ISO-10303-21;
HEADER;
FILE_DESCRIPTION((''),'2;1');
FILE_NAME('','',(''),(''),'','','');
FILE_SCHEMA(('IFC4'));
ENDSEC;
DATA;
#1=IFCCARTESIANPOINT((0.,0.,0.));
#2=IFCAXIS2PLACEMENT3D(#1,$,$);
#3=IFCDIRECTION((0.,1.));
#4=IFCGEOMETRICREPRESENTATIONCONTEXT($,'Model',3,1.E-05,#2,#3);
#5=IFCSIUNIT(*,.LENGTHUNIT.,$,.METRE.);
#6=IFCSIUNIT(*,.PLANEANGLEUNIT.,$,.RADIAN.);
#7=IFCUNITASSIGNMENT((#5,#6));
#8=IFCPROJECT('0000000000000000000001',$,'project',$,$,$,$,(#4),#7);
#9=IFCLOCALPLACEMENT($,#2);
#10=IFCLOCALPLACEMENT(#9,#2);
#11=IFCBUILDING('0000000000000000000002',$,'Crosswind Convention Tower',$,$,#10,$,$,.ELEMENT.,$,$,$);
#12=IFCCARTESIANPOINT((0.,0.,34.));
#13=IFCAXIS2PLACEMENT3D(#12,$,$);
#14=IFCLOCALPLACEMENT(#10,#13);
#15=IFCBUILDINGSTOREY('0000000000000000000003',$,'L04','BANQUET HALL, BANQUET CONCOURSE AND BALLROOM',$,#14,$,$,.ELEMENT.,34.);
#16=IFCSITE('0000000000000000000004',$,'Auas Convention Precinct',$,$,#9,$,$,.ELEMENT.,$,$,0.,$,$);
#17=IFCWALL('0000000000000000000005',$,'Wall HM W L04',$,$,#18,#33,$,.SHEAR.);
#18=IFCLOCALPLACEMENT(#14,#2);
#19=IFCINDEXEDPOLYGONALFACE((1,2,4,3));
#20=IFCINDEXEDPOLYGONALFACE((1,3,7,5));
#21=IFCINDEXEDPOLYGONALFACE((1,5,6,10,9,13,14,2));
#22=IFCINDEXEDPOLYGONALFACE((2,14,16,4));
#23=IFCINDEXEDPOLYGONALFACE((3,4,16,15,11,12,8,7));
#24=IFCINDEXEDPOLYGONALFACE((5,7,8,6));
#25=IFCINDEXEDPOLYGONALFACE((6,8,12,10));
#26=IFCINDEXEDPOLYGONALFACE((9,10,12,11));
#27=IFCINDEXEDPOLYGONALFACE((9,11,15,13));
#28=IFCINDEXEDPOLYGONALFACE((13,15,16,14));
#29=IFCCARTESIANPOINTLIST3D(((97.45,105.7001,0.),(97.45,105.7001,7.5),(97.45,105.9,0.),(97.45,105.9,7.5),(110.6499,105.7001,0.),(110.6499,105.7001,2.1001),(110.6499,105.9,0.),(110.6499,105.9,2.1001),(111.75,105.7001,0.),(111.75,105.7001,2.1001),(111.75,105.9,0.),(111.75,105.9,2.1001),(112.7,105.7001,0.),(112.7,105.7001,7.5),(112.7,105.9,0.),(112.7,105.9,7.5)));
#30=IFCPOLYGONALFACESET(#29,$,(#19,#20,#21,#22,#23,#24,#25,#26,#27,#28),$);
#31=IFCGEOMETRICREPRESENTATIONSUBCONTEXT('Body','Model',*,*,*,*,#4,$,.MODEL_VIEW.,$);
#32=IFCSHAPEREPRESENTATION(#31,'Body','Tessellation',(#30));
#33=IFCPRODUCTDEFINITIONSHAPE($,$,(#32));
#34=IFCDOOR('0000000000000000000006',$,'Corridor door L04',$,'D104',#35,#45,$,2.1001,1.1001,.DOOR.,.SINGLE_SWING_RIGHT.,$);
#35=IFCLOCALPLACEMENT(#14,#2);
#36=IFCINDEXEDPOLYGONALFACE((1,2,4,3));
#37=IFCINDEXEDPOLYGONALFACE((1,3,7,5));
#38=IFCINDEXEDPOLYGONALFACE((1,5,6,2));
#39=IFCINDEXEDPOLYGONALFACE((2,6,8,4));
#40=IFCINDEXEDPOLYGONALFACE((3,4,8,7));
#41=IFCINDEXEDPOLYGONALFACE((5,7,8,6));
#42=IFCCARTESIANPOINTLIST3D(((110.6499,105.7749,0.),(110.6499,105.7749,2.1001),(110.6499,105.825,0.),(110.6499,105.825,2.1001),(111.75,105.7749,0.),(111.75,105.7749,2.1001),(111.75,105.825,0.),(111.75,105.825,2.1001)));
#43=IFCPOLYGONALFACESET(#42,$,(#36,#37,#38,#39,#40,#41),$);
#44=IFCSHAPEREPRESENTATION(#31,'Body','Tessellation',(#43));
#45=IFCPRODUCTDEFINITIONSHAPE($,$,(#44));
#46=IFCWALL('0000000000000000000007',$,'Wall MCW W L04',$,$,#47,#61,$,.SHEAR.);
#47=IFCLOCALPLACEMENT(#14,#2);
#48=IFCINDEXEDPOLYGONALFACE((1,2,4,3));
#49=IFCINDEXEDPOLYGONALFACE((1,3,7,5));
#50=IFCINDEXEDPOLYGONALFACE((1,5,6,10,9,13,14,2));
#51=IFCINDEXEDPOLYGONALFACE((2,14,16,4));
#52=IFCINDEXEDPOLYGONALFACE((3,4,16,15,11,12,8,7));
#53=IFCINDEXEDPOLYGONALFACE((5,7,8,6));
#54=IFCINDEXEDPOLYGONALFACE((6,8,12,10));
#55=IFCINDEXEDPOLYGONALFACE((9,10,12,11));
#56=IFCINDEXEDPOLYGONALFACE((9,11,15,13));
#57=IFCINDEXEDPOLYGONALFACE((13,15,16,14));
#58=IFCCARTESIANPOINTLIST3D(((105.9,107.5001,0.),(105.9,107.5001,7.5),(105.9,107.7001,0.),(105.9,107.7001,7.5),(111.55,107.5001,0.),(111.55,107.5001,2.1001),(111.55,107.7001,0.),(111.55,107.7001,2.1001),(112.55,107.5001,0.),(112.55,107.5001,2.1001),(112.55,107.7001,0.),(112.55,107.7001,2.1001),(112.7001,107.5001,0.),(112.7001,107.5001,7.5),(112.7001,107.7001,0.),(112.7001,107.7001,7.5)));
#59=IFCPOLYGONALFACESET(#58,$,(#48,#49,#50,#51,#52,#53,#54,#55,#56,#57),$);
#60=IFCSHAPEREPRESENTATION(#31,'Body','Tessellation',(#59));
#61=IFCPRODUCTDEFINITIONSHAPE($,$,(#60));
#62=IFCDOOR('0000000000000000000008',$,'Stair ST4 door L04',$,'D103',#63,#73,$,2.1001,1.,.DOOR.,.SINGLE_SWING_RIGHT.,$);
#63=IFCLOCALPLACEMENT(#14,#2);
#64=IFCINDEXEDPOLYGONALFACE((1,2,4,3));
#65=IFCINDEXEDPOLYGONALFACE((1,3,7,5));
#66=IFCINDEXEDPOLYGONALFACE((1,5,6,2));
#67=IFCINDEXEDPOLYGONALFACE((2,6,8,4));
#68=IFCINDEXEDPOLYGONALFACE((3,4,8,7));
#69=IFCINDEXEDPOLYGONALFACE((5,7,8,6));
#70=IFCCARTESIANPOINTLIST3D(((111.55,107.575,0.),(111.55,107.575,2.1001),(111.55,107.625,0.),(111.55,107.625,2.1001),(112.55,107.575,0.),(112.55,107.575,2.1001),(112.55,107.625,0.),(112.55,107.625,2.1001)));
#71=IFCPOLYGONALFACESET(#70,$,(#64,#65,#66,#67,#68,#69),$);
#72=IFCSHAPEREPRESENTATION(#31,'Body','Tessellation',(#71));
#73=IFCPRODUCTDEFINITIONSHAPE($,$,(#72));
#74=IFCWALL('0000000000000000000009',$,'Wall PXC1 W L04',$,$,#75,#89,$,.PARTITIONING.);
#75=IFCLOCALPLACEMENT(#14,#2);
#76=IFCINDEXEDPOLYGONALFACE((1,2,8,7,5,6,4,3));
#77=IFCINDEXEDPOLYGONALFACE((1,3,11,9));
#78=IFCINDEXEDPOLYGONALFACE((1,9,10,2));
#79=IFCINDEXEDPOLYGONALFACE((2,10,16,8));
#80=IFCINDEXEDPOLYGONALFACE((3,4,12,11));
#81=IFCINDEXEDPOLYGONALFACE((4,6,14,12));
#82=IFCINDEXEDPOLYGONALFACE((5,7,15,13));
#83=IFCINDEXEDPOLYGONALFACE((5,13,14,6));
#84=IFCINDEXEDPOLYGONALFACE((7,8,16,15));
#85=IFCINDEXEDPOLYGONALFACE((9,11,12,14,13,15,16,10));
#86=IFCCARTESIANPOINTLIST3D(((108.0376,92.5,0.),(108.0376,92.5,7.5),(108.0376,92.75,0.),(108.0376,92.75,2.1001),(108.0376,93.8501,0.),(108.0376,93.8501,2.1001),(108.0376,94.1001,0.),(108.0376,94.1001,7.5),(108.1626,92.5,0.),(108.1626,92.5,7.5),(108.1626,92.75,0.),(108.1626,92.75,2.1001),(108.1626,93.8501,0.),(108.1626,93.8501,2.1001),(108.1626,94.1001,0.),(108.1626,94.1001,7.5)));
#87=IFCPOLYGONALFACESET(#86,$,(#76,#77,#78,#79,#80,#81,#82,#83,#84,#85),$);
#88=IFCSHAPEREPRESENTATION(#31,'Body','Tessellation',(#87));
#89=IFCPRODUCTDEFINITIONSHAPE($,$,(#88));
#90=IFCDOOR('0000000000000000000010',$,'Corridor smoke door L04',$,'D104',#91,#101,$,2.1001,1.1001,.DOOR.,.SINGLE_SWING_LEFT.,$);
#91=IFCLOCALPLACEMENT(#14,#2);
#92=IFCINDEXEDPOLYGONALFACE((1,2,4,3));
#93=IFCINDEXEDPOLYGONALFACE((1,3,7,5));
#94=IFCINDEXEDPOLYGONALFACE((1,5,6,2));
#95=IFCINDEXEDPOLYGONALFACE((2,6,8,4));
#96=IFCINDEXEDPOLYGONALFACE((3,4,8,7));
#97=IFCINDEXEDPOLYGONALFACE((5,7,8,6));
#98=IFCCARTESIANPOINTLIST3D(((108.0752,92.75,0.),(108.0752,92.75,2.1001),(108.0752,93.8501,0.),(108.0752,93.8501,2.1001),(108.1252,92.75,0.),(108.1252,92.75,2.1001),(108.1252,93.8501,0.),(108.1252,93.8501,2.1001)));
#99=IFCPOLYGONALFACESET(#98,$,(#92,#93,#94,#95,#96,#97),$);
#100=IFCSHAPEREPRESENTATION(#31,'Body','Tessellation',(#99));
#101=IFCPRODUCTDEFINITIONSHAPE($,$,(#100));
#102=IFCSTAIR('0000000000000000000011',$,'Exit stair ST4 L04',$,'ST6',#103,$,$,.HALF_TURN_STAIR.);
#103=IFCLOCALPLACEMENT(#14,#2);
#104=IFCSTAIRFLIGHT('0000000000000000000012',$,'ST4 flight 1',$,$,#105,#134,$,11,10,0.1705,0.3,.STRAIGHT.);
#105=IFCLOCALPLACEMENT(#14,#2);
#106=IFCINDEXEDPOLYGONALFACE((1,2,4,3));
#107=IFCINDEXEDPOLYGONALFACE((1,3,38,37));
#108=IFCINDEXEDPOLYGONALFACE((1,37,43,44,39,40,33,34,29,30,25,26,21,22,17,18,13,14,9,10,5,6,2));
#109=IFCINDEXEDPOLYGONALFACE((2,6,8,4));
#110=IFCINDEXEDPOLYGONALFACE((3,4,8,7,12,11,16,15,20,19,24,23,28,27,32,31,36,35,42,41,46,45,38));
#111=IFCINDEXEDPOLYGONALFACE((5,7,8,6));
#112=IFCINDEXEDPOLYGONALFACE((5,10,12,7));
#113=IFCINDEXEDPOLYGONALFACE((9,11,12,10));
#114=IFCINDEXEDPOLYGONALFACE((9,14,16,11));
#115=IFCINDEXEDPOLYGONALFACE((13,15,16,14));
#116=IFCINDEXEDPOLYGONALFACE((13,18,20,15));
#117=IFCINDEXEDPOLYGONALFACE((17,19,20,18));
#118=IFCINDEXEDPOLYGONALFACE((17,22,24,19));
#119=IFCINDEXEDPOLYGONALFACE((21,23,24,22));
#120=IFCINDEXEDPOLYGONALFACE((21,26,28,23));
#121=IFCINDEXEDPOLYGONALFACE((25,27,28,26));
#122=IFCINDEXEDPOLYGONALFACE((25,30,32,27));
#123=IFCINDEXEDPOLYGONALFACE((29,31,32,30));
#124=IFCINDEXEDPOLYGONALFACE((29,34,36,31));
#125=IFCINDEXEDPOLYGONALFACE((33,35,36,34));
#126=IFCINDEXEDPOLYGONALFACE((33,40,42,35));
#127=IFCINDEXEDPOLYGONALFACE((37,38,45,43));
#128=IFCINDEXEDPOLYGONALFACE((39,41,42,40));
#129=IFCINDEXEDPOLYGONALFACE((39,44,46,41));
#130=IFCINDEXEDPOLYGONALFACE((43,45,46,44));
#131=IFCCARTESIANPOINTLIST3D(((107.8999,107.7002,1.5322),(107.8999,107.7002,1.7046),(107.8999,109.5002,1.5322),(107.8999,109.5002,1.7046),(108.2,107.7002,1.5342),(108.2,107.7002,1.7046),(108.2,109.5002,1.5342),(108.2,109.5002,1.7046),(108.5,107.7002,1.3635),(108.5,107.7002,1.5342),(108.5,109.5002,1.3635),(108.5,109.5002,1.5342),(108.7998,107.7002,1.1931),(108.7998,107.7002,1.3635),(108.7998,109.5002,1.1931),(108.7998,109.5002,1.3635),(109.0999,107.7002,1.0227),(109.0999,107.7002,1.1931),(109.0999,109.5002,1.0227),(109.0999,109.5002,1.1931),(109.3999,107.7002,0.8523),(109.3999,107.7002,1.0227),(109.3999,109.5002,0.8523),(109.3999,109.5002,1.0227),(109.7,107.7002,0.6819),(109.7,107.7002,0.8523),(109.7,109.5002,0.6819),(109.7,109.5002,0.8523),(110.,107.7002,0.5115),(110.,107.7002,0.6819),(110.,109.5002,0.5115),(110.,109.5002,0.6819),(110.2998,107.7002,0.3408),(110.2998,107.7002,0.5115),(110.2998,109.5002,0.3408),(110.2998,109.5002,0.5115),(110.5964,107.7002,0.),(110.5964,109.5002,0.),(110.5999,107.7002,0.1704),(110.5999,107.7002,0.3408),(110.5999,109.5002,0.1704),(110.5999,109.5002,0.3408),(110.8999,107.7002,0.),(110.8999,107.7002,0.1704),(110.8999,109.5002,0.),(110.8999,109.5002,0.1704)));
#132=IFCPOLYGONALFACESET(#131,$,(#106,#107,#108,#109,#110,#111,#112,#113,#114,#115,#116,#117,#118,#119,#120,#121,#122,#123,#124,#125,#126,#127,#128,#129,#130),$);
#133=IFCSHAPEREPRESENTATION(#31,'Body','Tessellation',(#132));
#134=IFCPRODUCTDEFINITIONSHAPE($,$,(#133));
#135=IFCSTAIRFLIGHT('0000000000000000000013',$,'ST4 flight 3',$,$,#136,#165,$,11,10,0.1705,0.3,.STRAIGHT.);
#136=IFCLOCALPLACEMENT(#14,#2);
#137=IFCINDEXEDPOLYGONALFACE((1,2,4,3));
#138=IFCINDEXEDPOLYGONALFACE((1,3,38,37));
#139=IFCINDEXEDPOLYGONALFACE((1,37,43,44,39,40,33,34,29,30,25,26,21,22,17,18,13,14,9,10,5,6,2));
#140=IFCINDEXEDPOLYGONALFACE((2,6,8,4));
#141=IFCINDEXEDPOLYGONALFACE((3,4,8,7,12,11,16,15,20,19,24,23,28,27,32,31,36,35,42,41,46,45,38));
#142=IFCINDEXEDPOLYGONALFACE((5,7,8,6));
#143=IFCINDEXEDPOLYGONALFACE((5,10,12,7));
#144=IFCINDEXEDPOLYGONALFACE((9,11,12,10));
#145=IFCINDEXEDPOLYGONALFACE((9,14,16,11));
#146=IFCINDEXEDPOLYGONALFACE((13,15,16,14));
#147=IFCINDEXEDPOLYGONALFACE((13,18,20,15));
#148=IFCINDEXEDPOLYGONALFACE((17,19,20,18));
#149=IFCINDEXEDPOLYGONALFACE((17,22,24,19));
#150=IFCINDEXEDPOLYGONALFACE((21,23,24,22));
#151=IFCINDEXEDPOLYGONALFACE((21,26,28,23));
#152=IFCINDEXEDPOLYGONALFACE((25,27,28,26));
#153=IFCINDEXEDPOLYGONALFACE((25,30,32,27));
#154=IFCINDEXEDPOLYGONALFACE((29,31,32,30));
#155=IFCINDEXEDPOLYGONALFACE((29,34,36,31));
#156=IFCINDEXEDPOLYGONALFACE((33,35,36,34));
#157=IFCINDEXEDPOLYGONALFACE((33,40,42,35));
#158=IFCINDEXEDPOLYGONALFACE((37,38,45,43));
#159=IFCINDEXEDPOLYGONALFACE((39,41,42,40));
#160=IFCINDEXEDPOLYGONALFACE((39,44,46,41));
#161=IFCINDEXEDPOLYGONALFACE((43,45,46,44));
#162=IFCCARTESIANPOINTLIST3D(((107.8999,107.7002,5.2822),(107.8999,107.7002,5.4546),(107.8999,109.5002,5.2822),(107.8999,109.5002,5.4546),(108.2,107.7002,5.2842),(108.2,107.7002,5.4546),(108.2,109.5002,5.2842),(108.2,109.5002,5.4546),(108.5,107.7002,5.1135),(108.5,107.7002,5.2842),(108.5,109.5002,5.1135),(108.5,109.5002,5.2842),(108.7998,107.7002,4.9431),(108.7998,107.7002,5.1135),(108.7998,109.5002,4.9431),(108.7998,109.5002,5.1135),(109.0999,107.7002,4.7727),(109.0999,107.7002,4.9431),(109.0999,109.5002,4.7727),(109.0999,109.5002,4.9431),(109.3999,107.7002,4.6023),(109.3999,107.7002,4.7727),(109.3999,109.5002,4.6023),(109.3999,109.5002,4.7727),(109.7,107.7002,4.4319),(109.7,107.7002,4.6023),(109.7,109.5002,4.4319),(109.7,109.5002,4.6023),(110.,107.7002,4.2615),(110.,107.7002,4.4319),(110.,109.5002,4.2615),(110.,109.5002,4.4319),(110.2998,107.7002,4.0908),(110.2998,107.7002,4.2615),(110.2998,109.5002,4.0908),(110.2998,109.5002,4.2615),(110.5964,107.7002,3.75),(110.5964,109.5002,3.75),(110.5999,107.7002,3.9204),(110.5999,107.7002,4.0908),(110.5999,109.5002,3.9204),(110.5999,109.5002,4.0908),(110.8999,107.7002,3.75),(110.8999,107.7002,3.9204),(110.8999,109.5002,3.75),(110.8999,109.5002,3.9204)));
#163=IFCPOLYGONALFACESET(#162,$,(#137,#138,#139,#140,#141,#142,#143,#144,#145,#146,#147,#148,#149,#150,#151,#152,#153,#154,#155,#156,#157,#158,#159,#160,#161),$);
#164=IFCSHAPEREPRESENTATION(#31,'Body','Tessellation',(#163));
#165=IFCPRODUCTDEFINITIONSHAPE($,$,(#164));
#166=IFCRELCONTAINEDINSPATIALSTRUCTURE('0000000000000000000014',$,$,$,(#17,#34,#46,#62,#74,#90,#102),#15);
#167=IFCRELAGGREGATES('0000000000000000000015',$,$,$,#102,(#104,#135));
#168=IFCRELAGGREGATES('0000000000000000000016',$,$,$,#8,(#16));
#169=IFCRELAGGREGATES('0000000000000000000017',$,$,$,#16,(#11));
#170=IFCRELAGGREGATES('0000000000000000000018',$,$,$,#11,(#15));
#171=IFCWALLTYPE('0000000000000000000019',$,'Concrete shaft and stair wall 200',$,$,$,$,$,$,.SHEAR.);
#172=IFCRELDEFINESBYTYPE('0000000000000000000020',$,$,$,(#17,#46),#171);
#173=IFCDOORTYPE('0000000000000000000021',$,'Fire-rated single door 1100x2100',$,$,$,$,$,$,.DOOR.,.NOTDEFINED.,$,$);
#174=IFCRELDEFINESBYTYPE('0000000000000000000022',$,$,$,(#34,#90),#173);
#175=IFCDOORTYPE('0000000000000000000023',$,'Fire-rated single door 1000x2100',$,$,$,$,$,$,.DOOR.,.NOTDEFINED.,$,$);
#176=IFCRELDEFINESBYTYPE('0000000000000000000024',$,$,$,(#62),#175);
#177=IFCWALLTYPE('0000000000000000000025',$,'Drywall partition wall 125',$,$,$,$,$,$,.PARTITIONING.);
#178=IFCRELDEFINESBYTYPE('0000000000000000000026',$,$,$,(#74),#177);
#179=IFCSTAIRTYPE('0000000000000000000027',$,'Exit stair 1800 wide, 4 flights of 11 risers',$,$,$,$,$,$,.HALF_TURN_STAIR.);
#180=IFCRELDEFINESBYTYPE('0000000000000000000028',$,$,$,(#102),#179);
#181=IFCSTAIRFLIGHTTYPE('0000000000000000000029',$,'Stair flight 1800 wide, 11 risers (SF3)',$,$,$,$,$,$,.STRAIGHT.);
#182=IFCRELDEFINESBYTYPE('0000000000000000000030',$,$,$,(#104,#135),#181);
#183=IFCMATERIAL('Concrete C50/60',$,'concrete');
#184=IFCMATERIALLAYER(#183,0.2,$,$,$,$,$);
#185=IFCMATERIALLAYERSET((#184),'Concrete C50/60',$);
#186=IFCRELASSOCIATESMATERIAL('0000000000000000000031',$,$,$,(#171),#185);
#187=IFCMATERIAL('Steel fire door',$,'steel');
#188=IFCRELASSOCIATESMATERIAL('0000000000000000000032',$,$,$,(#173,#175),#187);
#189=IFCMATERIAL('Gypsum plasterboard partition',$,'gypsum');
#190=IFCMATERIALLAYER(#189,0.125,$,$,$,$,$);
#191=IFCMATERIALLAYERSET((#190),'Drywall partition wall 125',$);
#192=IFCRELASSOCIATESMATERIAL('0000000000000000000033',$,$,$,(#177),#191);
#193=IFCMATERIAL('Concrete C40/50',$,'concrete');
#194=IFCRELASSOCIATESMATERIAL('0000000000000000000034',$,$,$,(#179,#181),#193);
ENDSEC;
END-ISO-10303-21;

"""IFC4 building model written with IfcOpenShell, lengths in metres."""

from ifc_helpers import new_model, si_unit, direction, frame, frame_2d, origin, place, context, subcontext, project, spatial, polyline, rectangle, outline, extrude, material, layer, layer_set, type_object, element, fill, aggregate, save


model = new_model("IFC4")

# Units and contexts
model_context = context("Model", 3, precision=1e-05, world=origin(), true_north=direction((0.0, 1.0)))
body_context = subcontext(model_context, "Body", "Model", "MODEL_VIEW")
ifc_project = project(units=[si_unit("LENGTHUNIT", "METRE"), si_unit("PLANEANGLEUNIT", "RADIAN")], contexts=[model_context])

# Site, building, storey
site_placement = place(None, origin())
site = spatial("IfcSite", under=ifc_project, at=site_placement, Name="Auas Convention Precinct", CompositionType="ELEMENT", RefElevation=0.0)
building_placement = place(site_placement, origin())
building = spatial("IfcBuilding", under=site, at=building_placement, Name="Crosswind Convention Tower", CompositionType="ELEMENT")
storey_placement = place(building_placement, frame((0.0, 0.0, 34.0)))
storey = spatial("IfcBuildingStorey", under=building, at=storey_placement, Name="L04", Description="BANQUET HALL, BANQUET CONCOURSE AND BALLROOM", CompositionType="ELEMENT", Elevation=34.0)

# Shared definitions
ifc_material_1 = material(Name="Concrete C50/60", Category="concrete")

# Shared definitions
ifc_layer_1 = layer(ifc_material_1, 0.2)
ifc_layer_set_1 = layer_set([ifc_layer_1], Name="Concrete C50/60")
wall_type_1 = type_object("IfcWallType", Name="Concrete shaft and stair wall 200", PredefinedType="SHEAR", material=ifc_layer_set_1)

# Walls, openings, doors
ifc_material_2 = material(Name="Steel fire door", Category="steel")
door_type_1 = type_object("IfcDoorType", Name="Fire-rated single door 1100x2100", OperationType="NOTDEFINED", PredefinedType="DOOR", material=ifc_material_2)
wall_1_placement = place(storey_placement, frame((112.7, 105.8, 0.0), z_axis=(0.0, 0.0, 1.0), x_axis=(-1.0, 0.0, 0.0)))
wall_1 = element("IfcWall", 1, at=wall_1_placement, inside=storey, type_object=wall_type_1, Name="Wall HM W L04", PredefinedType="SHEAR", context=body_context, shape_type="SweptSolid", body=[
    extrude(rectangle(XDim=15.25, YDim=0.2, at=frame_2d((7.625, 0.0))), origin(), (0.0, 0.0, 1.0), 7.5),
])
opening_1_placement = place(wall_1_placement, frame((0.95, 0.0, 0.0)))
opening_1 = element("IfcOpeningElement", 2, at=opening_1_placement, cuts=wall_1, PredefinedType="OPENING", context=body_context, shape_type="SweptSolid", body=[
    extrude(rectangle(XDim=1.1001, YDim=2.1001, at=frame_2d((0.55, 1.05))), frame((0.0, 0.1099, 0.0), z_axis=(0.0, -1.0, 0.0), x_axis=(1.0, 0.0, 0.0)), (0.0, 0.0, 1.0), 0.22),
])
door_1_placement = place(opening_1_placement, frame((1.1001, 0.0, 0.0), z_axis=(0.0, 0.0, 1.0), x_axis=(-1.0, 0.0, 0.0)))
door_1 = element("IfcDoor", 3, at=door_1_placement, inside=storey, type_object=door_type_1, Name="Corridor door L04", ObjectType="D104", OperationType="SINGLE_SWING_RIGHT", OverallHeight=2.1001, OverallWidth=1.1001, PredefinedType="DOOR", context=body_context, shape_type="SweptSolid", body=[
    extrude(rectangle(XDim=1.1001, YDim=2.1001, at=frame_2d((0.55, 1.05))), frame((0.0, 0.0249, 0.0), z_axis=(0.0, -1.0, 0.0), x_axis=(1.0, 0.0, 0.0)), (0.0, 0.0, 1.0), 0.05),
])
fill(opening_1, door_1)
wall_2_placement = place(storey_placement, frame((112.7, 107.6001, 0.0), z_axis=(0.0, 0.0, 1.0), x_axis=(-1.0, 0.0, 0.0)))
wall_2 = element("IfcWall", 4, at=wall_2_placement, inside=storey, type_object=wall_type_1, Name="Wall MCW W L04", PredefinedType="SHEAR", context=body_context, shape_type="SweptSolid", body=[
    extrude(rectangle(XDim=6.8, YDim=0.2, at=frame_2d((3.3999, 0.0))), origin(), (0.0, 0.0, 1.0), 7.5),
])
opening_2_placement = place(wall_2_placement, frame((0.1499, 0.0, 0.0)))
opening_2 = element("IfcOpeningElement", 5, at=opening_2_placement, cuts=wall_2, PredefinedType="OPENING", context=body_context, shape_type="SweptSolid", body=[
    extrude(rectangle(XDim=1.0, YDim=2.1001, at=frame_2d((0.5, 1.05))), frame((0.0, 0.1099, 0.0), z_axis=(0.0, -1.0, 0.0), x_axis=(1.0, 0.0, 0.0)), (0.0, 0.0, 1.0), 0.22),
])
door_type_2 = type_object("IfcDoorType", Name="Fire-rated single door 1000x2100", OperationType="NOTDEFINED", PredefinedType="DOOR", material=ifc_material_2)
door_2_placement = place(opening_2_placement, frame((1.0, 0.0, 0.0), z_axis=(0.0, 0.0, 1.0), x_axis=(-1.0, 0.0, 0.0)))
door_2 = element("IfcDoor", 6, at=door_2_placement, inside=storey, type_object=door_type_2, Name="Stair ST4 door L04", ObjectType="D103", OperationType="SINGLE_SWING_RIGHT", OverallHeight=2.1001, OverallWidth=1.0, PredefinedType="DOOR", context=body_context, shape_type="SweptSolid", body=[
    extrude(rectangle(XDim=1.0, YDim=2.1001, at=frame_2d((0.5, 1.05))), frame((0.0, 0.0249, 0.0), z_axis=(0.0, -1.0, 0.0), x_axis=(1.0, 0.0, 0.0)), (0.0, 0.0, 1.0), 0.05),
])
fill(opening_2, door_2)
ifc_material_3 = material(Name="Gypsum plasterboard partition", Category="gypsum")
ifc_layer_2 = layer(ifc_material_3, 0.125)
ifc_layer_set_2 = layer_set([ifc_layer_2], Name="Drywall partition wall 125")
wall_type_2 = type_object("IfcWallType", Name="Drywall partition wall 125", PredefinedType="PARTITIONING", material=ifc_layer_set_2)
wall_3_placement = place(storey_placement, frame((108.1001, 94.1001, 0.0), z_axis=(0.0, 0.0, 1.0), x_axis=(0.0, -1.0, 0.0)))
wall_3 = element("IfcWall", 7, at=wall_3_placement, inside=storey, type_object=wall_type_2, Name="Wall PXC1 W L04", PredefinedType="PARTITIONING", context=body_context, shape_type="SweptSolid", body=[
    extrude(rectangle(XDim=1.6001, YDim=0.125, at=frame_2d((0.8, 0.0))), origin(), (0.0, 0.0, 1.0), 7.5),
])
opening_3_placement = place(wall_3_placement, frame((0.25, 0.0, 0.0)))
opening_3 = element("IfcOpeningElement", 8, at=opening_3_placement, cuts=wall_3, PredefinedType="OPENING", context=body_context, shape_type="SweptSolid", body=[
    extrude(rectangle(XDim=1.1001, YDim=2.1001, at=frame_2d((0.55, 1.05))), frame((0.0, 0.0725, 0.0), z_axis=(0.0, -1.0, 0.0), x_axis=(1.0, 0.0, 0.0)), (0.0, 0.0, 1.0), 0.145),
])
door_3_placement = place(opening_3_placement, frame((1.1001, 0.0, 0.0), z_axis=(0.0, 0.0, 1.0), x_axis=(-1.0, 0.0, 0.0)))
door_3 = element("IfcDoor", 9, at=door_3_placement, inside=storey, type_object=door_type_1, Name="Corridor smoke door L04", ObjectType="D104", OperationType="SINGLE_SWING_LEFT", OverallHeight=2.1001, OverallWidth=1.1001, PredefinedType="DOOR", context=body_context, shape_type="SweptSolid", body=[
    extrude(rectangle(XDim=1.1001, YDim=2.1001, at=frame_2d((0.55, 1.05))), frame((0.0, 0.0249, 0.0), z_axis=(0.0, -1.0, 0.0), x_axis=(1.0, 0.0, 0.0)), (0.0, 0.0, 1.0), 0.05),
])
fill(opening_3, door_3)

# Stair, stair flights
ifc_material_4 = material(Name="Concrete C40/50", Category="concrete")
stair_type = type_object("IfcStairType", Name="Exit stair 1800 wide, 4 flights of 11 risers", PredefinedType="HALF_TURN_STAIR", material=ifc_material_4)
stair_placement = place(storey_placement, origin())
stair = element("IfcStair", 10, at=stair_placement, inside=storey, type_object=stair_type, Name="Exit stair ST4 L04", ObjectType="ST6", PredefinedType="HALF_TURN_STAIR")
stair_flight_type = type_object("IfcStairFlightType", Name="Stair flight 1800 wide, 11 risers (SF3)", PredefinedType="STRAIGHT", material=ifc_material_4)
stair_flight_1_placement = place(storey_placement, frame((110.8999, 108.6001, 0.0), z_axis=(0.0, 0.0, 1.0), x_axis=(-1.0, 0.0, 0.0)))
stair_flight_1 = element("IfcStairFlight", 11, at=stair_flight_1_placement, type_object=stair_flight_type, Name="ST4 flight 1", NumberOfRisers=11, NumberOfTreads=10, PredefinedType="STRAIGHT", RiserHeight=0.1705, TreadLength=0.3, context=body_context, shape_type="SweptSolid", body=[
    extrude(outline(polyline([(0.0, 0.0), (0.0, 0.1704), (0.3, 0.1704), (0.3, 0.3408), (0.6001, 0.3408), (0.6001, 0.5115), (0.8999, 0.5115), (0.8999, 0.6819), (1.2, 0.6819), (1.2, 0.8523), (1.5, 0.8523), (1.5, 1.0227), (1.8, 1.0227), (1.8, 1.1931), (2.1001, 1.1931), (2.1001, 1.3635), (2.3999, 1.3635), (2.3999, 1.5342), (2.7, 1.5342), (2.7, 1.7046), (3.0, 1.7046), (3.0, 1.875), (3.0, 1.5322), (0.3035, 0.0), (0.0, 0.0)])), frame((0.0, 0.8999, 0.0), z_axis=(0.0, -1.0, 0.0), x_axis=(1.0, 0.0, 0.0)), (0.0, 0.0, 1.0), 1.8),
])
stair_flight_2_placement = place(storey_placement, frame((110.8999, 108.6001, 3.75), z_axis=(0.0, 0.0, 1.0), x_axis=(-1.0, 0.0, 0.0)))
stair_flight_2 = element("IfcStairFlight", 12, at=stair_flight_2_placement, type_object=stair_flight_type, Name="ST4 flight 3", NumberOfRisers=11, NumberOfTreads=10, PredefinedType="STRAIGHT", RiserHeight=0.1705, TreadLength=0.3, context=body_context, shape_type="SweptSolid", body=[
    extrude(outline(polyline([(0.0, 0.0), (0.0, 0.1704), (0.3, 0.1704), (0.3, 0.3408), (0.6001, 0.3408), (0.6001, 0.5115), (0.8999, 0.5115), (0.8999, 0.6819), (1.2, 0.6819), (1.2, 0.8523), (1.5, 0.8523), (1.5, 1.0227), (1.8, 1.0227), (1.8, 1.1931), (2.1001, 1.1931), (2.1001, 1.3635), (2.3999, 1.3635), (2.3999, 1.5342), (2.7, 1.5342), (2.7, 1.7046), (3.0, 1.7046), (3.0, 1.875), (3.0, 1.5322), (0.3035, 0.0), (0.0, 0.0)])), frame((0.0, 0.8999, 0.0), z_axis=(0.0, -1.0, 0.0), x_axis=(1.0, 0.0, 0.0)), (0.0, 0.0, 1.0), 1.8),
])
aggregate(stair, [stair_flight_1, stair_flight_2])

save(model, "model.ifc")
